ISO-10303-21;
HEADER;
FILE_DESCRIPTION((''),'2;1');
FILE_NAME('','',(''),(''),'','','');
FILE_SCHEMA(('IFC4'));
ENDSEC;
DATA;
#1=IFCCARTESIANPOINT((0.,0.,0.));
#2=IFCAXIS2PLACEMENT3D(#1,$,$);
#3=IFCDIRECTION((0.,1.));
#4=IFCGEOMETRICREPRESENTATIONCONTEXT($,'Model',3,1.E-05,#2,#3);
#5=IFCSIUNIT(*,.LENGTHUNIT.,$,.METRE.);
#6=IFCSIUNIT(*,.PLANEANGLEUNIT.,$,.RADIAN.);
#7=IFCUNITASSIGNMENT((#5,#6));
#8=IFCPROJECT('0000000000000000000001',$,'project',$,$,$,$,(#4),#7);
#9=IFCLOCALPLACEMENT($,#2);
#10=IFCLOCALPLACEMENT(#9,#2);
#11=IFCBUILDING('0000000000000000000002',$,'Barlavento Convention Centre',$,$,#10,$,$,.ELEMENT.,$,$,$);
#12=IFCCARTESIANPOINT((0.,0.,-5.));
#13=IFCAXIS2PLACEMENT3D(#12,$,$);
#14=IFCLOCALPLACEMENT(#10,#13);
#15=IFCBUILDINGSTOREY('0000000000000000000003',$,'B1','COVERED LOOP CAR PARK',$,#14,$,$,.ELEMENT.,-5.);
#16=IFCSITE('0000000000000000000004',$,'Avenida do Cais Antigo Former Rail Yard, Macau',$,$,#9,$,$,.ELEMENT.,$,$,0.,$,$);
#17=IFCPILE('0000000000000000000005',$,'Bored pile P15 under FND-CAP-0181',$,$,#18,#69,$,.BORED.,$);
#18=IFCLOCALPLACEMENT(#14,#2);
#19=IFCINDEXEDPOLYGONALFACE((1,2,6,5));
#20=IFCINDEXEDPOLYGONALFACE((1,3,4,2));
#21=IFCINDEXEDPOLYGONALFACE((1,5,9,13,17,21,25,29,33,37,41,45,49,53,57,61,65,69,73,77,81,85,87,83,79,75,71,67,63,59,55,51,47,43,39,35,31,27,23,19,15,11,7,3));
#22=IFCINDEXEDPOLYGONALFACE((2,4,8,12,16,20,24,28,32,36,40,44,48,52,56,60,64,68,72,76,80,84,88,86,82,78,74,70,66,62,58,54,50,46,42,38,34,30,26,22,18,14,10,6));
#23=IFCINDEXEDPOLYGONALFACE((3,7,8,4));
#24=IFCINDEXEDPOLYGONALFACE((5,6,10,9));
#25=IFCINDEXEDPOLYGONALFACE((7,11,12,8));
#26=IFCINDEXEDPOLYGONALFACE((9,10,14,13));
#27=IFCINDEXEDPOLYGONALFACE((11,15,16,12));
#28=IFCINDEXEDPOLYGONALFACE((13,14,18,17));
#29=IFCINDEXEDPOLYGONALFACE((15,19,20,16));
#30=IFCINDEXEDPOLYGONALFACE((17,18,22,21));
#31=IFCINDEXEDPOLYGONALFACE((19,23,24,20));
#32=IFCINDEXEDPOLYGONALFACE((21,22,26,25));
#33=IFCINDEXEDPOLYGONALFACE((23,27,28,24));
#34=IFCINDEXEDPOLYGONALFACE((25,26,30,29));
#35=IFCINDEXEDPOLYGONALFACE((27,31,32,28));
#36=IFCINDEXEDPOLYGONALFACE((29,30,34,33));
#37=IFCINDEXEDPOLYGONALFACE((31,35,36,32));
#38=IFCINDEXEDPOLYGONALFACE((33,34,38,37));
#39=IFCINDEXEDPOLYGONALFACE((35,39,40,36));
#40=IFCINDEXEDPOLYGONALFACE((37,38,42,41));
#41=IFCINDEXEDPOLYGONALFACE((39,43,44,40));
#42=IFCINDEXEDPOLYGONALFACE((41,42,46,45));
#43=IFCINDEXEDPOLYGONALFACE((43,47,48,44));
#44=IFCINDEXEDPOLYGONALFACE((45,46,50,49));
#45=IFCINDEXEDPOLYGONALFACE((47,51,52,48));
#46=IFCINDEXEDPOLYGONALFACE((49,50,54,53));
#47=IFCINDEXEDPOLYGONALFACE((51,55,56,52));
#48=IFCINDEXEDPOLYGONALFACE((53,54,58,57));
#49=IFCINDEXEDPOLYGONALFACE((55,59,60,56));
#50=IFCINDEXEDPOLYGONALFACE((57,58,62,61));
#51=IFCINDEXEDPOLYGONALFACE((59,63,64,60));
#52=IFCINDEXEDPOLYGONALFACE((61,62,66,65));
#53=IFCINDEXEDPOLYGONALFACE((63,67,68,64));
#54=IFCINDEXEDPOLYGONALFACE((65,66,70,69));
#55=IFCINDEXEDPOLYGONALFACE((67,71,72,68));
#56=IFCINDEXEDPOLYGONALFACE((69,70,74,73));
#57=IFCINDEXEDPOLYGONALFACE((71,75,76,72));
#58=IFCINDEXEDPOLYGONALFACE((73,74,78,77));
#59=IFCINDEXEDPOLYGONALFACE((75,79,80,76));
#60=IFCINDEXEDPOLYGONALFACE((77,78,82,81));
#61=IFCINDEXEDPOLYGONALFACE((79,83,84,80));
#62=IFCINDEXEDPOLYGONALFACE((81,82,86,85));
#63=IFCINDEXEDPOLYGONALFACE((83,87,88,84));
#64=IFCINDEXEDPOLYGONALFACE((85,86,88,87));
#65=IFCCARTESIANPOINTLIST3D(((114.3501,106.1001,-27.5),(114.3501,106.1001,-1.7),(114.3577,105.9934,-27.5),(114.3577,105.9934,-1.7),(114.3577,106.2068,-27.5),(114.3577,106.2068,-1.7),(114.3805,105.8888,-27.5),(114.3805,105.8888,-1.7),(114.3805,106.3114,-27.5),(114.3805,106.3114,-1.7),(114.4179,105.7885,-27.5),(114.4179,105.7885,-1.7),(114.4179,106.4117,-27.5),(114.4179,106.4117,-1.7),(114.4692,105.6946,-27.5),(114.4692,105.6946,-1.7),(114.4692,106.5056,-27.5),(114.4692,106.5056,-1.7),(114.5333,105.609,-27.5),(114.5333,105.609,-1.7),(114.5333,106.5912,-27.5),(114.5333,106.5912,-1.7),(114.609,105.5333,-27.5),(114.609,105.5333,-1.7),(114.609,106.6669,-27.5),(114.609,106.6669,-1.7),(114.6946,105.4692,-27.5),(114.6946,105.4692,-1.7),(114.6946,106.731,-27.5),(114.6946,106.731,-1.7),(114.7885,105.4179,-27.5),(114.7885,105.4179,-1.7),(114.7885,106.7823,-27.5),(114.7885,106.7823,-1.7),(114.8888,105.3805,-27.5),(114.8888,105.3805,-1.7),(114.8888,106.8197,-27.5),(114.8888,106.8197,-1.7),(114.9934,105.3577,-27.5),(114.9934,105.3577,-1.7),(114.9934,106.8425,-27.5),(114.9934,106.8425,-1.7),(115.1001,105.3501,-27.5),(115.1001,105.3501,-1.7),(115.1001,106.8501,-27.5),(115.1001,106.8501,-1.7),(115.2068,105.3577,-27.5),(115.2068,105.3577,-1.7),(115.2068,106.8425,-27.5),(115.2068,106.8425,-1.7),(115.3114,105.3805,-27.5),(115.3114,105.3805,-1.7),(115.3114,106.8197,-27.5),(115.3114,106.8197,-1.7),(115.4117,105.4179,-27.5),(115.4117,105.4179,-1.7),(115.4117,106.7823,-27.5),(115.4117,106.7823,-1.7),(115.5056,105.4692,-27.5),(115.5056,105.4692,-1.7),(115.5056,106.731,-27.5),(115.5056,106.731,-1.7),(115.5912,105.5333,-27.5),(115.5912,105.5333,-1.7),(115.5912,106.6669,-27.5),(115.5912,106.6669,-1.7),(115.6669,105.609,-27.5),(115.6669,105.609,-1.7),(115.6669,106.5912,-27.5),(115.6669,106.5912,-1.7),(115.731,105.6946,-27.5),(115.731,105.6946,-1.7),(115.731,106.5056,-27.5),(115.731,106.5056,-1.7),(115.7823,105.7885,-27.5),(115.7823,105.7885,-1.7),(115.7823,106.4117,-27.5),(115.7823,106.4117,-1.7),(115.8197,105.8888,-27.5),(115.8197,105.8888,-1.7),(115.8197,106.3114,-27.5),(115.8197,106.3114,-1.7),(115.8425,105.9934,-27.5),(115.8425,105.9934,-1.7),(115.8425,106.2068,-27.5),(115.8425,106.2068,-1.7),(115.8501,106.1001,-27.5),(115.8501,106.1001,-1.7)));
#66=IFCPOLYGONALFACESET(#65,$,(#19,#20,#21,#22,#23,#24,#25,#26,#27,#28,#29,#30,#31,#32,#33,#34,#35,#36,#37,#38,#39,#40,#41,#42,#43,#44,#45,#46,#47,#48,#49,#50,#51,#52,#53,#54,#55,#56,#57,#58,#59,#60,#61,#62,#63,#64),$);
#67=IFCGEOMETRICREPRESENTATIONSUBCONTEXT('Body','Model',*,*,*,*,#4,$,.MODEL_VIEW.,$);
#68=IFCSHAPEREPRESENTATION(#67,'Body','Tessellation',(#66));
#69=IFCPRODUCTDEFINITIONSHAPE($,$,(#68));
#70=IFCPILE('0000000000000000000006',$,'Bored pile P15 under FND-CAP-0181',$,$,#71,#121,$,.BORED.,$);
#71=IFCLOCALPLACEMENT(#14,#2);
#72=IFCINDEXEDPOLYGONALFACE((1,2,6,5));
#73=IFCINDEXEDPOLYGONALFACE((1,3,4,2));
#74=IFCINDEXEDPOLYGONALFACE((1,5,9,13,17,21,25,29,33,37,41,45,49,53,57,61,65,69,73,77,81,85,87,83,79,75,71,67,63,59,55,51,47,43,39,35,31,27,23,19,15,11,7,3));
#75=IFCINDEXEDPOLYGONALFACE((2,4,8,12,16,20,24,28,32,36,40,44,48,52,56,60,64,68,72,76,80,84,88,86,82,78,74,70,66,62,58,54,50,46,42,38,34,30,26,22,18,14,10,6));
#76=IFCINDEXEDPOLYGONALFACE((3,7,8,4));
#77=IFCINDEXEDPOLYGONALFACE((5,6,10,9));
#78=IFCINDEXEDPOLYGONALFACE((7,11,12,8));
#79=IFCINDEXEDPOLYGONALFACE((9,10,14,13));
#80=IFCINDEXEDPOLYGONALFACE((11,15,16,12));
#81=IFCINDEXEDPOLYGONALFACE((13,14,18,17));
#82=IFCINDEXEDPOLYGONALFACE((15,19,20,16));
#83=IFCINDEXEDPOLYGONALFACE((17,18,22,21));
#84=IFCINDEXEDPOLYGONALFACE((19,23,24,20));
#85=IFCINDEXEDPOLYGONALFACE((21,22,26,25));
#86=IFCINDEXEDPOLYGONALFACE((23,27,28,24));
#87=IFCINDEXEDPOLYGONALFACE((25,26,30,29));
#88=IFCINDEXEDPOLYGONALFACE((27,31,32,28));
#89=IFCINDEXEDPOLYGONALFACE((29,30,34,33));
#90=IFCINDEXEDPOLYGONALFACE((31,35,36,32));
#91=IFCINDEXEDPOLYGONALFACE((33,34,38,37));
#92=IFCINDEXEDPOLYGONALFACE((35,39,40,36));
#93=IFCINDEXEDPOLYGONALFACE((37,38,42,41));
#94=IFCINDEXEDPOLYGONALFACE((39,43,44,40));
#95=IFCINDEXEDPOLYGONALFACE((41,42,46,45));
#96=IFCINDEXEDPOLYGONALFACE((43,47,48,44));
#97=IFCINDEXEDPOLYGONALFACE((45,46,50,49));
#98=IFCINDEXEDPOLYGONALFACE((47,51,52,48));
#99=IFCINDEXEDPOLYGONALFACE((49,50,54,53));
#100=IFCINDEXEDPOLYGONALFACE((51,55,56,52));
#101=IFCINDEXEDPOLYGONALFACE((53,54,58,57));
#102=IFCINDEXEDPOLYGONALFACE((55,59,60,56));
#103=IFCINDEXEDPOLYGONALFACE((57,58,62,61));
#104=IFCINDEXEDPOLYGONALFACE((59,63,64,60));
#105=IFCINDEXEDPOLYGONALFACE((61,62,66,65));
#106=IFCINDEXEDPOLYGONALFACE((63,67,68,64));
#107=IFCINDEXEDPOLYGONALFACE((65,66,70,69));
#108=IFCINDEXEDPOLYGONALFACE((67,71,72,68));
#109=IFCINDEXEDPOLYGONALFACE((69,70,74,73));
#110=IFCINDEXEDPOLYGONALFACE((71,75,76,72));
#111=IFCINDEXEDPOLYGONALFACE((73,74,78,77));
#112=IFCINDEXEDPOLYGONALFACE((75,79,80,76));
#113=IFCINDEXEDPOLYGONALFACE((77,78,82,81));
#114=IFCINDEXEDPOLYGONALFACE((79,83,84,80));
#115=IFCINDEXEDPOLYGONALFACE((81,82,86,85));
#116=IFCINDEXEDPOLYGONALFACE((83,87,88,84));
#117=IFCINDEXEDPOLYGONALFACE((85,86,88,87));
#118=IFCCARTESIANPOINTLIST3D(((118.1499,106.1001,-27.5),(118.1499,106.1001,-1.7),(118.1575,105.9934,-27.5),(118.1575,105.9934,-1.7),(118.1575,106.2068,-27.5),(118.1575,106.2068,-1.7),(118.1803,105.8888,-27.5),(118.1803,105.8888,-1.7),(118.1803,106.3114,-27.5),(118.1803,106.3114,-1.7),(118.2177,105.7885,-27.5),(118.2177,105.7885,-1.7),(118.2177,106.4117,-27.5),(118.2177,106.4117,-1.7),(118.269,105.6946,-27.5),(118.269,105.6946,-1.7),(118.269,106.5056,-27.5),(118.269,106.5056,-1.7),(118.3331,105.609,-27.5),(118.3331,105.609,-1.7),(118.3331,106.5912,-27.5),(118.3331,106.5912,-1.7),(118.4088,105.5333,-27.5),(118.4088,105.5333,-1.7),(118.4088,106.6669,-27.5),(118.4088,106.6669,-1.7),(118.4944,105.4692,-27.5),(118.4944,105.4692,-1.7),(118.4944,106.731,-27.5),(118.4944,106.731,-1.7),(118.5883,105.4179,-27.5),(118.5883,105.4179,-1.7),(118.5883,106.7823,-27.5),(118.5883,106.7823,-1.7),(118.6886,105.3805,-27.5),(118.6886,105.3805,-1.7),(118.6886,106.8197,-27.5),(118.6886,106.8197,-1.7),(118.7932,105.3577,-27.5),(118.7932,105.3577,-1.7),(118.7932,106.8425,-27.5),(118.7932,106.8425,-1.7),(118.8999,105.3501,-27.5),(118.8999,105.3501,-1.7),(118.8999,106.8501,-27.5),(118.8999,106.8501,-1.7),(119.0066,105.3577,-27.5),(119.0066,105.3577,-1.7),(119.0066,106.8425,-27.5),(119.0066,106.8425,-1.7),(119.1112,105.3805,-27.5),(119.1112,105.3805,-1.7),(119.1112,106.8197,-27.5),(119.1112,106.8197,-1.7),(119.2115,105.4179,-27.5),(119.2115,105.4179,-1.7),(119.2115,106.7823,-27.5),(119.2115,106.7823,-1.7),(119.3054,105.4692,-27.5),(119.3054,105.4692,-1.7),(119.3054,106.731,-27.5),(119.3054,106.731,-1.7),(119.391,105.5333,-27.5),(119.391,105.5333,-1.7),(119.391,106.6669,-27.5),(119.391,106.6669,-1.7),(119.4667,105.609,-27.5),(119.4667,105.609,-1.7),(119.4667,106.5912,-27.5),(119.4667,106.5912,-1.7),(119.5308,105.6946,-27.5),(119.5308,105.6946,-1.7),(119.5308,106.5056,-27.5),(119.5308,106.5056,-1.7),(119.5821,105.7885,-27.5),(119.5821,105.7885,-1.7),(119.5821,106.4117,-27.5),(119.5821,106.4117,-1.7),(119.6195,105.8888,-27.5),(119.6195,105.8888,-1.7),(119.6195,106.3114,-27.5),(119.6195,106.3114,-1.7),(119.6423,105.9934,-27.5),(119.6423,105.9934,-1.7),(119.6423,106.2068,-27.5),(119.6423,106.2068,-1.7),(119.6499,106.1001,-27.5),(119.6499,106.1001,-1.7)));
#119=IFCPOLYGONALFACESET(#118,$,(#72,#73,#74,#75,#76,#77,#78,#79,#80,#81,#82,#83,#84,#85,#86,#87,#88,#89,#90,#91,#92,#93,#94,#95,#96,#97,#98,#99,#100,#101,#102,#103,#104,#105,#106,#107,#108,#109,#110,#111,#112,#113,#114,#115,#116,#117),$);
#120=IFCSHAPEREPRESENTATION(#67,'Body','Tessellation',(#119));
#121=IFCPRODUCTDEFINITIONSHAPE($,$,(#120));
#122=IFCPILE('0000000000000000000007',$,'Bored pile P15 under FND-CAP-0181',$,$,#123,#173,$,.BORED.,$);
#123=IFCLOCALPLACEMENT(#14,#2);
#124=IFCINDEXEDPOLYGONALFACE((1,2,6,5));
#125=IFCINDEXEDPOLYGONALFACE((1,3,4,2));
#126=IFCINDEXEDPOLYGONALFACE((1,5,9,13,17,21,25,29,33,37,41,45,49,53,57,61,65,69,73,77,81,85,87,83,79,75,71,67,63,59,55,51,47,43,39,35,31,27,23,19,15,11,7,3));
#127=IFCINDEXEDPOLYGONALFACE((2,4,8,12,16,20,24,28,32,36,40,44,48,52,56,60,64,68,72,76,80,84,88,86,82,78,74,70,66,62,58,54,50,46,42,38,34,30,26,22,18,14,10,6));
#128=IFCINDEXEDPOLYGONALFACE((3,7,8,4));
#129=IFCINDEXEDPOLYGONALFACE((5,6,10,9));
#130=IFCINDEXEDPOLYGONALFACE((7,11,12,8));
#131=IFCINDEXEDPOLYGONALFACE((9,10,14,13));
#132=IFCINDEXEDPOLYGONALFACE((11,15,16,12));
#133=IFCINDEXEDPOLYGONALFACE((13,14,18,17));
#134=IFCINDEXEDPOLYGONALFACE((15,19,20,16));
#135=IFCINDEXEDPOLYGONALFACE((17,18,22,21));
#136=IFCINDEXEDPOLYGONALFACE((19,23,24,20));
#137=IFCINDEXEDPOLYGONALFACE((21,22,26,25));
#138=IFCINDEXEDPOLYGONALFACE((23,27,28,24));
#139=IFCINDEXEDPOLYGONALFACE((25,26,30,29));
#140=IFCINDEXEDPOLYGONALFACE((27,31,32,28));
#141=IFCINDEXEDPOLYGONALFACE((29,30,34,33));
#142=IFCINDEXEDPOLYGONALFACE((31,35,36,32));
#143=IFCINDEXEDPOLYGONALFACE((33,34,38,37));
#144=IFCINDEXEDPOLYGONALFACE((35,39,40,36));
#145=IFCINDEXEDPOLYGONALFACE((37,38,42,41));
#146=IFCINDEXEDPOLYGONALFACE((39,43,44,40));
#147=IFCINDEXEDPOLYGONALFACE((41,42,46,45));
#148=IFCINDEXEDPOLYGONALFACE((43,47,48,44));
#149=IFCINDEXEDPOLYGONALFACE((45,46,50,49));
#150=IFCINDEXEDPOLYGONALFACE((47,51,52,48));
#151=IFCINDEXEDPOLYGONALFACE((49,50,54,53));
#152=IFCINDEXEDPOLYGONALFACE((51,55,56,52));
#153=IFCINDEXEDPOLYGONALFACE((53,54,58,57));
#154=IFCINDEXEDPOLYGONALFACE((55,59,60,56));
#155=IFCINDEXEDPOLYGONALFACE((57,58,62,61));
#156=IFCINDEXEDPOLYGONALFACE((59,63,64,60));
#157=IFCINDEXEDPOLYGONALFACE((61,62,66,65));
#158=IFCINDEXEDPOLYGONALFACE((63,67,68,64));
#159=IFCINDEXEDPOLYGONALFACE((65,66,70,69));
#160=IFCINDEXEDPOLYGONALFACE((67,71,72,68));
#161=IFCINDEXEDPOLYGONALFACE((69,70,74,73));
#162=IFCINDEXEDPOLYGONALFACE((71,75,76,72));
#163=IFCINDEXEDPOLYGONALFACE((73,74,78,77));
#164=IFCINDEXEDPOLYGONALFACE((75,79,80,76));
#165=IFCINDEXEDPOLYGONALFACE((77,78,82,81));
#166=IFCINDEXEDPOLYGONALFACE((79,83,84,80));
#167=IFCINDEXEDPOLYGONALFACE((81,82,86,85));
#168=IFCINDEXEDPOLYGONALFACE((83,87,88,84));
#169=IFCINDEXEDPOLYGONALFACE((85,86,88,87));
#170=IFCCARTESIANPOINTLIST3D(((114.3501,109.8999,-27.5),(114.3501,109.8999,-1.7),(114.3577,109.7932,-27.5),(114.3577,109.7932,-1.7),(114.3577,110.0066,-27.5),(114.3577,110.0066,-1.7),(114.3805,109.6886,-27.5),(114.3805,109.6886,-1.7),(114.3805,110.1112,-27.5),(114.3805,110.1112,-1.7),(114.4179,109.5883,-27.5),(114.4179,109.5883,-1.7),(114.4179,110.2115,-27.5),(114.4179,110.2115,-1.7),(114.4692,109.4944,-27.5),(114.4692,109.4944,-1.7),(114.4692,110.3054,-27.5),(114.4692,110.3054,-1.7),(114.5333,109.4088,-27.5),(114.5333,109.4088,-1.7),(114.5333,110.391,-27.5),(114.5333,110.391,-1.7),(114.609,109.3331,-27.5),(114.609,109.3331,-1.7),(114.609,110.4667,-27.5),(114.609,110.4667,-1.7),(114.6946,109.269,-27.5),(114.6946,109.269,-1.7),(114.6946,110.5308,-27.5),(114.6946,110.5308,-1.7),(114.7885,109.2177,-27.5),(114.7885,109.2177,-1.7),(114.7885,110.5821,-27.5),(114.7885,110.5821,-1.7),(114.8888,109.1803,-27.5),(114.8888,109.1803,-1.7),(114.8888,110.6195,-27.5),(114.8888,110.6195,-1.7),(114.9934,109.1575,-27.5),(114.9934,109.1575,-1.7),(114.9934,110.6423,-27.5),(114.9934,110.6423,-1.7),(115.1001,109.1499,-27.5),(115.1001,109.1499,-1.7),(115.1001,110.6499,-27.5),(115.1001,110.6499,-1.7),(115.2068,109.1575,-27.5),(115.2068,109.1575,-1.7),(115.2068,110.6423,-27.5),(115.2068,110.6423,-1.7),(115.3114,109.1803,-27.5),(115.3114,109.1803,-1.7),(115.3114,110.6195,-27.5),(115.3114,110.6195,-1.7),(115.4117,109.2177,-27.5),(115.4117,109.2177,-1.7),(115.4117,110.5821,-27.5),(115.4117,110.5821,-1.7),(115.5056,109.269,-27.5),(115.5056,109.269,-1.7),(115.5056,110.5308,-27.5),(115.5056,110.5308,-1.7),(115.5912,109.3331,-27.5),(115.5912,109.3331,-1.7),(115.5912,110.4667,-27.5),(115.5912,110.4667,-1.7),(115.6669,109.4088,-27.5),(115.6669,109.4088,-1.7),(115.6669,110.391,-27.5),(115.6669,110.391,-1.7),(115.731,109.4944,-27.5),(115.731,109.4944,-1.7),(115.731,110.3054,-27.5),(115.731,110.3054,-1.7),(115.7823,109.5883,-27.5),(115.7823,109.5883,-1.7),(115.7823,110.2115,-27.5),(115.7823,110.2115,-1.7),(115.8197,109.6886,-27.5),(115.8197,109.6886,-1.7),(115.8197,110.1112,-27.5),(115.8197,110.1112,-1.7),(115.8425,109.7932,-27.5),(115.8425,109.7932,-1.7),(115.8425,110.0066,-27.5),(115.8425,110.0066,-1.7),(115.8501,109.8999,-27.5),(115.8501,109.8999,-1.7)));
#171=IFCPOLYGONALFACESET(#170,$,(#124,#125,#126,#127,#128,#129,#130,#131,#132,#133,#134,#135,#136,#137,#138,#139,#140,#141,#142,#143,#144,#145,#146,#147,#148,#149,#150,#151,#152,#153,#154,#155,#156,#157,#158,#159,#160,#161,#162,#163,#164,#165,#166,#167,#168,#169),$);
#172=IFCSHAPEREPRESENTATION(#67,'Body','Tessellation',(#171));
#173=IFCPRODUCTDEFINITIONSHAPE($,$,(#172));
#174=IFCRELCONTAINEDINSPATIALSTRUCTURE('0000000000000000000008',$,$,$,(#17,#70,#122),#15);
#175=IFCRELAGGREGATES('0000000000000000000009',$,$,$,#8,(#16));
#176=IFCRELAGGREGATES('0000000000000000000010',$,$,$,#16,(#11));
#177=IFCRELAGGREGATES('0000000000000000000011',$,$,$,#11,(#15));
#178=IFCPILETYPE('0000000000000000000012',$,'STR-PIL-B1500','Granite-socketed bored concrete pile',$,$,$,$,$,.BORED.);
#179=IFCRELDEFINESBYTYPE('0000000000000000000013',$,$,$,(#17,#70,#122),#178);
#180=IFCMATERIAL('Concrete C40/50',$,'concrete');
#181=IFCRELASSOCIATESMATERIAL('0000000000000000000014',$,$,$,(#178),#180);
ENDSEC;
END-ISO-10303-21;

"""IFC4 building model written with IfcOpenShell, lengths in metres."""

from ifc_helpers import new_model, si_unit, direction, frame, origin, origin_2d, place, context, subcontext, project, spatial, circle, extrude, material, material_profile, profile_set, type_object, element, save


model = new_model("IFC4")

# Units and contexts
model_context = context("Model", 3, precision=1e-05, world=origin(), true_north=direction((0.0, 1.0)))
body_context = subcontext(model_context, "Body", "Model", "MODEL_VIEW")
ifc_project = project(units=[si_unit("LENGTHUNIT", "METRE"), si_unit("PLANEANGLEUNIT", "RADIAN")], contexts=[model_context])

# Site, building, storey
site_placement = place(None, origin())
site = spatial("IfcSite", under=ifc_project, at=site_placement, Name="Avenida do Cais Antigo Former Rail Yard, Macau", CompositionType="ELEMENT", RefElevation=0.0)
building_placement = place(site_placement, origin())
building = spatial("IfcBuilding", under=site, at=building_placement, Name="Barlavento Convention Centre", CompositionType="ELEMENT")
storey_placement = place(building_placement, frame((0.0, 0.0, -5.0)))
storey = spatial("IfcBuildingStorey", under=building, at=storey_placement, Name="B1", Description="COVERED LOOP CAR PARK", CompositionType="ELEMENT", Elevation=-5.0)

# Shared definitions
ifc_material_1 = material(Name="Concrete C40/50", Category="concrete")

# Piles
ifc_material_profile_1 = material_profile(ifc_material_1, circle(Radius=0.75, at=origin_2d()), Name="BORED PILE 1500")
ifc_profile_set_1 = profile_set([ifc_material_profile_1], Name="Concrete C40/50")
pile_type_1 = type_object("IfcPileType", Name="STR-PIL-B1500", Description="Granite-socketed bored concrete pile", PredefinedType="BORED", material=ifc_profile_set_1)
for number, where, z_axis, x_axis, name in (
    (1, (115.1001, 106.1001, -1.7), (0.0, 0.0, -1.0), (1.0, 0.0, 0.0), "Bored pile P15 under FND-CAP-0181"),
    (2, (118.8999, 106.1001, -1.7), (0.0, 0.0, -1.0), (1.0, 0.0, 0.0), "Bored pile P15 under FND-CAP-0181"),
    (3, (115.1001, 109.8999, -1.7), (0.0, 0.0, -1.0), (1.0, 0.0, 0.0), "Bored pile P15 under FND-CAP-0181"),
):
    element("IfcPile", number, at=place(storey_placement, frame(where, z_axis=z_axis, x_axis=x_axis)), inside=storey, type_object=pile_type_1, Name=name, PredefinedType="BORED", context=body_context, shape_type="SweptSolid", body=[
        extrude(circle(Radius=0.75, at=origin_2d()), origin(), (0.0, 0.0, 1.0), 25.8),
    ])

save(model, "model.ifc")
